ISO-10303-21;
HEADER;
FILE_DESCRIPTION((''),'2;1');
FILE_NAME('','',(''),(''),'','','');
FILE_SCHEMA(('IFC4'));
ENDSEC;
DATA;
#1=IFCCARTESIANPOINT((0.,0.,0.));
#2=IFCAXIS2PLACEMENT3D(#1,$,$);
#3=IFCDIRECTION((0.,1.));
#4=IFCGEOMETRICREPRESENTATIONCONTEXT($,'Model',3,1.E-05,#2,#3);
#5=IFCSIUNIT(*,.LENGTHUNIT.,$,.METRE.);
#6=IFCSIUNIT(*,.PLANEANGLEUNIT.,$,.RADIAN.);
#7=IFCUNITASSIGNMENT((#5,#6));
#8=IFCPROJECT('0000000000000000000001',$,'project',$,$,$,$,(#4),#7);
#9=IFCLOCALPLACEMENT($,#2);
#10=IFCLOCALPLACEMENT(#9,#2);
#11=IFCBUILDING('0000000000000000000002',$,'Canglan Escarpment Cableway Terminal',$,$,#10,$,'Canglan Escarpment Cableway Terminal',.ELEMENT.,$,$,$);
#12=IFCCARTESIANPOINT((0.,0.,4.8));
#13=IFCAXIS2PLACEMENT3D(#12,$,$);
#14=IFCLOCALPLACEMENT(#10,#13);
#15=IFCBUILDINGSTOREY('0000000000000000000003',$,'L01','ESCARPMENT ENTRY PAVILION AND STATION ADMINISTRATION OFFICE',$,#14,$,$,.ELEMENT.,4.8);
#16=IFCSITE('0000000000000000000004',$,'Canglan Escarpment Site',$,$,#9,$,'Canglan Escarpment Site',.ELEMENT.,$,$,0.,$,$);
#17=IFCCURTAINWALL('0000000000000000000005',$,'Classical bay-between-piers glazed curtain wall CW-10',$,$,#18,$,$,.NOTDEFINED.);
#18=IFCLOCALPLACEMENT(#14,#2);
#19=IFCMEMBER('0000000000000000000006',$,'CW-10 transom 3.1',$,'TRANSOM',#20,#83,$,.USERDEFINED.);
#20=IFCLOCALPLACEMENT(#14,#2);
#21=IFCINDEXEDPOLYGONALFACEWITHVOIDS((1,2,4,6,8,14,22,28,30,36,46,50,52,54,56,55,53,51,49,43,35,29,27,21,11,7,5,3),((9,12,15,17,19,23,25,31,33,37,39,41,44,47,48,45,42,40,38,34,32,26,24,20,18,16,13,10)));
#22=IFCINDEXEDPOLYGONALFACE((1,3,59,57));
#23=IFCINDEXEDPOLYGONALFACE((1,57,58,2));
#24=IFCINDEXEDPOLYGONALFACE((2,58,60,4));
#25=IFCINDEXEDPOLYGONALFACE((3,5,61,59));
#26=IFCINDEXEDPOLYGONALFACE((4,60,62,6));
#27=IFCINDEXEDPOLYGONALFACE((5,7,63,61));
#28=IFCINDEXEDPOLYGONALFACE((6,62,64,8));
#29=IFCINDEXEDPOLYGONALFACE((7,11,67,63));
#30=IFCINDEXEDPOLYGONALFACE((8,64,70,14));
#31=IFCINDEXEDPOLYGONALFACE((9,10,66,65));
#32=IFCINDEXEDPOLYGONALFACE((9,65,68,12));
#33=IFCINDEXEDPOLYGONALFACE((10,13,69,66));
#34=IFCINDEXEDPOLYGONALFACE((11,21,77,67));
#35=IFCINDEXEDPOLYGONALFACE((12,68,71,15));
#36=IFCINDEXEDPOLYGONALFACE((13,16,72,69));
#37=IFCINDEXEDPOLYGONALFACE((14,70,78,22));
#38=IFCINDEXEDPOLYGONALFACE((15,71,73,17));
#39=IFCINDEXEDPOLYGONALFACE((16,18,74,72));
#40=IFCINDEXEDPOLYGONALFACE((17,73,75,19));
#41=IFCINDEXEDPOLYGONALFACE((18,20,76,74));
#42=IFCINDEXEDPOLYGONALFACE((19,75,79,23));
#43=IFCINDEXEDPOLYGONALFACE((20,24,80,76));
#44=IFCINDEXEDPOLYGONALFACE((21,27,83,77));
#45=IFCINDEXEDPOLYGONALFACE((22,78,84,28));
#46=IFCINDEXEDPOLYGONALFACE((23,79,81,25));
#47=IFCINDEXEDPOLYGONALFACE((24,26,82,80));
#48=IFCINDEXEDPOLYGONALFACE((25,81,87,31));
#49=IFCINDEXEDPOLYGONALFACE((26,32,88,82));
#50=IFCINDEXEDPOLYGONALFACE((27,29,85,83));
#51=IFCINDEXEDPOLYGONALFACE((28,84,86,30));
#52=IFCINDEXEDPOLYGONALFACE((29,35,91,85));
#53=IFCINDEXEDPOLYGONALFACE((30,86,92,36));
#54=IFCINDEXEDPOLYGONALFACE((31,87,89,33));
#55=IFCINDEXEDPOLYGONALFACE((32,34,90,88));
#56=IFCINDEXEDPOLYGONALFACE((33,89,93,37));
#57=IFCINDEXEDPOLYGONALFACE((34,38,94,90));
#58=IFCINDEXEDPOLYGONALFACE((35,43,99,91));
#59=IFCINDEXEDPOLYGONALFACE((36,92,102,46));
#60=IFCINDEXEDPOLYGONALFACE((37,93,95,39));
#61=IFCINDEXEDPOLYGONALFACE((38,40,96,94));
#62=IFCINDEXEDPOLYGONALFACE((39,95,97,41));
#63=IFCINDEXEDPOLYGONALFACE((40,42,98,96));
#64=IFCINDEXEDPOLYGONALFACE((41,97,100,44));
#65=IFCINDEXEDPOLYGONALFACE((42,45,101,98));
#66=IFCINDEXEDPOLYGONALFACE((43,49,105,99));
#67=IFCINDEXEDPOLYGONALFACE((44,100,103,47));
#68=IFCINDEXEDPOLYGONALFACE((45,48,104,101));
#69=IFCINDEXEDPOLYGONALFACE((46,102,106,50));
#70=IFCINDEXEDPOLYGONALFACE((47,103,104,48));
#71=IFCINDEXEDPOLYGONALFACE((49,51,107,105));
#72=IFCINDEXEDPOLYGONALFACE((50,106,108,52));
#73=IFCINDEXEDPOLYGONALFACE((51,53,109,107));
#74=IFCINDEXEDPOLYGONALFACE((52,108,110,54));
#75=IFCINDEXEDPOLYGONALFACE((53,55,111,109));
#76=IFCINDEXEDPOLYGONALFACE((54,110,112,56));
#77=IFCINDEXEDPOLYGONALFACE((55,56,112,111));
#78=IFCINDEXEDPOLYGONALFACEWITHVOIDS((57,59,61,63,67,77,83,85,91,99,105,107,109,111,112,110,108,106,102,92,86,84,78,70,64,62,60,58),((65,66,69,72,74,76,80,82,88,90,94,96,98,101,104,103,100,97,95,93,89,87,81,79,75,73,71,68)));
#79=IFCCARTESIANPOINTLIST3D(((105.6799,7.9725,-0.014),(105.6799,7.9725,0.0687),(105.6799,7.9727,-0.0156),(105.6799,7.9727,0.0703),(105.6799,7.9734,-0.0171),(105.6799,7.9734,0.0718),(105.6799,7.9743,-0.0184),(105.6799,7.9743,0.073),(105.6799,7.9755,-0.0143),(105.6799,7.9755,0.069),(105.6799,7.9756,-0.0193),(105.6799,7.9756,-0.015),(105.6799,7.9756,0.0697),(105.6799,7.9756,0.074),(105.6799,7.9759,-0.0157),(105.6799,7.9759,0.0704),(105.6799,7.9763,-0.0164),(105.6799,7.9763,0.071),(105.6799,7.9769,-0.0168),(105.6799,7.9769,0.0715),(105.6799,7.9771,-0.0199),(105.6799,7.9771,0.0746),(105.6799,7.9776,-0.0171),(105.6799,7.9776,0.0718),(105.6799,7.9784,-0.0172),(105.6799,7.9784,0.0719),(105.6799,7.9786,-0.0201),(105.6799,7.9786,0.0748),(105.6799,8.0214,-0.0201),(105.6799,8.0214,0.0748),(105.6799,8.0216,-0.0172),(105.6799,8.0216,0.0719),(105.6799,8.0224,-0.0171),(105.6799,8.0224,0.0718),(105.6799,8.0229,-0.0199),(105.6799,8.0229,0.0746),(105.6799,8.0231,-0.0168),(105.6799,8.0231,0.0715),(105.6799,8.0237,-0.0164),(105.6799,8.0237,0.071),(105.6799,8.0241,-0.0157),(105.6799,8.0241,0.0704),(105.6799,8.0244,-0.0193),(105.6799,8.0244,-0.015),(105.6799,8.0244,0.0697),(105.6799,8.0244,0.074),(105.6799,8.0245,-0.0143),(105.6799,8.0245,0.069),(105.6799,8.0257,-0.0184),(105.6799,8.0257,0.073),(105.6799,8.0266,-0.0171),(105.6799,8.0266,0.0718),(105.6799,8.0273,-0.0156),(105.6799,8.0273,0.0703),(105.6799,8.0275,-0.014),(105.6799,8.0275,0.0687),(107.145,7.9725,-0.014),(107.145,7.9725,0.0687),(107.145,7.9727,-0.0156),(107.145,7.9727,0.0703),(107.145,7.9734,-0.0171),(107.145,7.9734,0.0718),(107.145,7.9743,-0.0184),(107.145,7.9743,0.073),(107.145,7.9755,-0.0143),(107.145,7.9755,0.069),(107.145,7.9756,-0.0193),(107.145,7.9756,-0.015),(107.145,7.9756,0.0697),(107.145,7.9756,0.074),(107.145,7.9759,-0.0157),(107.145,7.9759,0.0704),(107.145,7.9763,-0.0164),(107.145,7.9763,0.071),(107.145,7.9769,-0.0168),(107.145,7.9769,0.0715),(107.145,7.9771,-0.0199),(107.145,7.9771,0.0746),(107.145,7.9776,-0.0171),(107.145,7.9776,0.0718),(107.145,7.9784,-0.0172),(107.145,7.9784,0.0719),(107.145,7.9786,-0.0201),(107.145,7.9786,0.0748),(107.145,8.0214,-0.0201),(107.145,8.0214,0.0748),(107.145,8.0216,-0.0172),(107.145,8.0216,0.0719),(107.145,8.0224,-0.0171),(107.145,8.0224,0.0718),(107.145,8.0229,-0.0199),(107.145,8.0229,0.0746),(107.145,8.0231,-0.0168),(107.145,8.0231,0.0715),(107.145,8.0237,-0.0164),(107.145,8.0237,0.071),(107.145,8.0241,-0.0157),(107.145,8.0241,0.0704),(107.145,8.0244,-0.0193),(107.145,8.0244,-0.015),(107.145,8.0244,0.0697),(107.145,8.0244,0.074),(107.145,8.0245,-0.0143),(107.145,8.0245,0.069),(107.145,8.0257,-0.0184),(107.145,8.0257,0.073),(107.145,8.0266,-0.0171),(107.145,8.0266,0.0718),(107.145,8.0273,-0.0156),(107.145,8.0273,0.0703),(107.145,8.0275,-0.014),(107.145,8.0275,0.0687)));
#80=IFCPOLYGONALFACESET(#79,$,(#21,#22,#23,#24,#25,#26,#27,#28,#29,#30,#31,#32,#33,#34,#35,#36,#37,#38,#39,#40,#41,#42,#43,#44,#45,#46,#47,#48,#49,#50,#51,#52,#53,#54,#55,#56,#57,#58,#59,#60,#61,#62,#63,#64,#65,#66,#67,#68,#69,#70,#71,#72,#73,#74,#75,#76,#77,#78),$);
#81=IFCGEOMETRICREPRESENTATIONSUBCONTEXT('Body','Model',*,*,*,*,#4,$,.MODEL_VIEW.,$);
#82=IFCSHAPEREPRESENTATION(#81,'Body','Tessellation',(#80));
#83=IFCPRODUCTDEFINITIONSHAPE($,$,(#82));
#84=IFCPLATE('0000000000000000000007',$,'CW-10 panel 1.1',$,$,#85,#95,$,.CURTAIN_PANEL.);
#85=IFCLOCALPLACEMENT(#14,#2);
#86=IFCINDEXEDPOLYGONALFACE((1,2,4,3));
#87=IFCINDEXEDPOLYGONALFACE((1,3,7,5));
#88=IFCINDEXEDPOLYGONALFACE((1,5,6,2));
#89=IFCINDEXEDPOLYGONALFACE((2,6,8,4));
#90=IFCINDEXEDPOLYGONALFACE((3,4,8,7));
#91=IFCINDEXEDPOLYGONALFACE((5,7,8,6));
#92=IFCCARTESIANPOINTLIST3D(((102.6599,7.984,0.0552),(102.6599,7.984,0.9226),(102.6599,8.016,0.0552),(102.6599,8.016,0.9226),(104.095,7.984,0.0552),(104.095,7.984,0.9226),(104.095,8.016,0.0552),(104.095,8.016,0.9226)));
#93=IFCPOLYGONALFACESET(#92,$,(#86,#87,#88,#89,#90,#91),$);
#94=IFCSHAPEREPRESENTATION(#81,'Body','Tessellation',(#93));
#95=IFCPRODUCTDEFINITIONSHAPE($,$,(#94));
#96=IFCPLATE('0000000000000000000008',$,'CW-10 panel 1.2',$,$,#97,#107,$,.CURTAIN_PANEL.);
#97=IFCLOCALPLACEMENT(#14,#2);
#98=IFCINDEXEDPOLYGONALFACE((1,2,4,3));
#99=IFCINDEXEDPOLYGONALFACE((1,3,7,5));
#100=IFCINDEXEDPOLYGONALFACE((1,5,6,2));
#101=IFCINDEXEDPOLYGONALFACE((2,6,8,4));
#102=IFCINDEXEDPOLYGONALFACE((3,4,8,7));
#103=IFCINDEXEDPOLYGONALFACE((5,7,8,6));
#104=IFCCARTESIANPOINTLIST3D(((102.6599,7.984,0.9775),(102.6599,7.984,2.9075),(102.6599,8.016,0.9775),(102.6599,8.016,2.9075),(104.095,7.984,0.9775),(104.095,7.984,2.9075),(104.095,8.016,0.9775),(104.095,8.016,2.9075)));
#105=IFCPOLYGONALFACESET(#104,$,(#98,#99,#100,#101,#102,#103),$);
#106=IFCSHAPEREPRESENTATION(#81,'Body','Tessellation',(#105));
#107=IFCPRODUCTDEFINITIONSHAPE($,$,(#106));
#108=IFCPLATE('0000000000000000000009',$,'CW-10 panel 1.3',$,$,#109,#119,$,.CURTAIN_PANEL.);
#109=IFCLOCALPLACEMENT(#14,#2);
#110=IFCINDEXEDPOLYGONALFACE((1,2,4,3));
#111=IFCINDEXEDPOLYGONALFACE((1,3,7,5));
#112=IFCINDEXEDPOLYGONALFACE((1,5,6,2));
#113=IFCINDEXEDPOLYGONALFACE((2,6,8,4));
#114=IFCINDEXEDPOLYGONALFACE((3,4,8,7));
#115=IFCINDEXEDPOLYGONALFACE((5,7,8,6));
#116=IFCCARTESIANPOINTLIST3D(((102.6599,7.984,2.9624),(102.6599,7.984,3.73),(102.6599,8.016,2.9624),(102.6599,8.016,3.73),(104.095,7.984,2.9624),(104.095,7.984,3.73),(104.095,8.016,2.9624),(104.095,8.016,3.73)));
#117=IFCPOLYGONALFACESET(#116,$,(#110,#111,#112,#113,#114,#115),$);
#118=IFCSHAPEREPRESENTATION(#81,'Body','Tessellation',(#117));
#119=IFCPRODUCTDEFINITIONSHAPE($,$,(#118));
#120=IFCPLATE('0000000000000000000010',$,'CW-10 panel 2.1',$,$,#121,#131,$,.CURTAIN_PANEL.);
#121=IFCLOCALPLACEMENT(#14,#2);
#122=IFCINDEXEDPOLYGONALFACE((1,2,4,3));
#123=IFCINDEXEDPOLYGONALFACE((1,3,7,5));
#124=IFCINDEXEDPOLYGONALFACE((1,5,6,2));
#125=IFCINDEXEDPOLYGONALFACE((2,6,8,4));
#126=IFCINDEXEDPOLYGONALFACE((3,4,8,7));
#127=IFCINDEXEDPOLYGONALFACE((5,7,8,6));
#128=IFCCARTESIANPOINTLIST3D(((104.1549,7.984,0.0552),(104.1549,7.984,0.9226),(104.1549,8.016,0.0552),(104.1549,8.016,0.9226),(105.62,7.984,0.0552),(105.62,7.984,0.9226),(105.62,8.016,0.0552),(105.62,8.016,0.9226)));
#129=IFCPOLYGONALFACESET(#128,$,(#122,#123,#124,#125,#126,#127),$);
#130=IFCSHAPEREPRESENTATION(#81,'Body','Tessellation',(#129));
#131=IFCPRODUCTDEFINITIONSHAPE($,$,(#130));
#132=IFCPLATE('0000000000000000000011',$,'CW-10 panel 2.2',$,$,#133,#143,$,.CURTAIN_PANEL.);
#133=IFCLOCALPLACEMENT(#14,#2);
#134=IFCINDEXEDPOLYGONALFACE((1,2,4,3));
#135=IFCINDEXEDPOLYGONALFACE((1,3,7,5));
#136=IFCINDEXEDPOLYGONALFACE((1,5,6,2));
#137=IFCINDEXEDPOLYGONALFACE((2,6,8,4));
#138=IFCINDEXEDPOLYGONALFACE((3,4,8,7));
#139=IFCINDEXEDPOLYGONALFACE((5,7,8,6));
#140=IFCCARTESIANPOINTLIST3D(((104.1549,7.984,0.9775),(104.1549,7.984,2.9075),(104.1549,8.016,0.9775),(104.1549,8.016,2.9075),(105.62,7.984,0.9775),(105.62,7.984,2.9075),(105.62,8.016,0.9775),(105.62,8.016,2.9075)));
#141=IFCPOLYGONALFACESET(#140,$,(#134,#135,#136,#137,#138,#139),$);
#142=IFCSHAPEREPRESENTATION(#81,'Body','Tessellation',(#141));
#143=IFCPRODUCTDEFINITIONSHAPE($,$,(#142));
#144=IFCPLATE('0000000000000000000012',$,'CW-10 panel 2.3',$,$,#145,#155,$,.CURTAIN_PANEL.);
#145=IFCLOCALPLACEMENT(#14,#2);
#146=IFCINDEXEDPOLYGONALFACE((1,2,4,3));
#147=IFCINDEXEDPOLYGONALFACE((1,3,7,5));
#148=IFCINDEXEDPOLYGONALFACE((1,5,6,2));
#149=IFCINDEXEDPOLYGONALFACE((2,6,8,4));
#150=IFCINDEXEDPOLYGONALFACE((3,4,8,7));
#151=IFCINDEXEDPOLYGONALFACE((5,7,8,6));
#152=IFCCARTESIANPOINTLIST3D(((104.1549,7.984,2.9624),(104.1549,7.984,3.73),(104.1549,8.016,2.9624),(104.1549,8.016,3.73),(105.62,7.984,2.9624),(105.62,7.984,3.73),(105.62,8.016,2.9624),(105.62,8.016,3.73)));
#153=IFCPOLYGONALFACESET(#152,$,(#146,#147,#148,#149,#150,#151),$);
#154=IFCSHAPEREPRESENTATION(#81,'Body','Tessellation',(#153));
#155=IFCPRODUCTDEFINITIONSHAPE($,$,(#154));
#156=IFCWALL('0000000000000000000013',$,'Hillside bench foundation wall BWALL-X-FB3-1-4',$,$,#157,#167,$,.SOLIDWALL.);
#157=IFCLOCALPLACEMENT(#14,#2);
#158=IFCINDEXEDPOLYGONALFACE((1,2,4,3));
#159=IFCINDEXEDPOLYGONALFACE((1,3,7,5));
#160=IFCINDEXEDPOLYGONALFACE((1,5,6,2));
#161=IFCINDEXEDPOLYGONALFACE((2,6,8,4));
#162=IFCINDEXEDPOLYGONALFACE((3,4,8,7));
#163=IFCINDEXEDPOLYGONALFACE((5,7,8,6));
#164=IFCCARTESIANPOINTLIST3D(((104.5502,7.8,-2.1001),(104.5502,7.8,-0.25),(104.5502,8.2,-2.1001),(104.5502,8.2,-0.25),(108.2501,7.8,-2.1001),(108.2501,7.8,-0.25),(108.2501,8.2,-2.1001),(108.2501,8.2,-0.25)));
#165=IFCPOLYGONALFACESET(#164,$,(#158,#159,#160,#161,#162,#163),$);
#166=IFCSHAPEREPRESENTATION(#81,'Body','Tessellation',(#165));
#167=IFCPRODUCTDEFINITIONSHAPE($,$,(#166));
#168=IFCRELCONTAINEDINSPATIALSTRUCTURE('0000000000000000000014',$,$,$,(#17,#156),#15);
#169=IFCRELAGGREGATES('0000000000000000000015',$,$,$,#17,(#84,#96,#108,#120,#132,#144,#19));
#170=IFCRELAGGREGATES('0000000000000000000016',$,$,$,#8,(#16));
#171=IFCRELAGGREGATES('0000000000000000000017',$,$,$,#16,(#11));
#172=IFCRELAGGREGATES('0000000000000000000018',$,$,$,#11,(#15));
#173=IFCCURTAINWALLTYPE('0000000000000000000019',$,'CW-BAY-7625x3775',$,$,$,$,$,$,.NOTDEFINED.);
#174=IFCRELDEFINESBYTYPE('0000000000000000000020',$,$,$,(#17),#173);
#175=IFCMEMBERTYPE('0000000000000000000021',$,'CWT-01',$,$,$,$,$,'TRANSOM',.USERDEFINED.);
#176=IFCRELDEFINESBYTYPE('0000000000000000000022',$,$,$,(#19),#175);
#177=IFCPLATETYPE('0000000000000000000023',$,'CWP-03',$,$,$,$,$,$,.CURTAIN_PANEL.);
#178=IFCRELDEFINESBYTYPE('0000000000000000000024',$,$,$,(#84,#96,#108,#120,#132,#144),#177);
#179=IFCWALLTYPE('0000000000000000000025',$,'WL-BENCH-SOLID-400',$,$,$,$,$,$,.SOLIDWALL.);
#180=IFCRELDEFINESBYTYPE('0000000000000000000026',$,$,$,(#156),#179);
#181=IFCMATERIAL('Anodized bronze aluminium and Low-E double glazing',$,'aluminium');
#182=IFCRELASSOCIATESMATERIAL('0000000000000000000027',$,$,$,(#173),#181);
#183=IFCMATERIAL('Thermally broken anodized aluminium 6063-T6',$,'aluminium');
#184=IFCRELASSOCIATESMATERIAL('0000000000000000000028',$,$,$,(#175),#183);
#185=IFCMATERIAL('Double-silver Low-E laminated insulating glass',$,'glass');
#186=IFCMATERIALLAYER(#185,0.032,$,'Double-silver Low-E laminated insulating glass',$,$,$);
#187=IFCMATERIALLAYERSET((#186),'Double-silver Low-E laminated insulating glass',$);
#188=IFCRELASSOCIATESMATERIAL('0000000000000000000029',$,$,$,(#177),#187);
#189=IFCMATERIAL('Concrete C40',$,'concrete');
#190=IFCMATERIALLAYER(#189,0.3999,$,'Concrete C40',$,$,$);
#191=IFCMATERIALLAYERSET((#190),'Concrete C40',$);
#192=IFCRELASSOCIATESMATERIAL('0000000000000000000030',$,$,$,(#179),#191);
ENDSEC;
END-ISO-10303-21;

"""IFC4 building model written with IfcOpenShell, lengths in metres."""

from ifc_helpers import new_model, si_unit, direction, frame, frame_2d, origin, origin_2d, place, context, subcontext, project, spatial, rectangle, hollow_rectangle, extrude, material, layer, layer_set, material_profile, profile_set, type_object, element, aggregate, save


model = new_model("IFC4")

# Units and contexts
model_context = context("Model", 3, precision=1e-05, world=origin(), true_north=direction((0.0, 1.0)))
body_context = subcontext(model_context, "Body", "Model", "MODEL_VIEW")
ifc_project = project(units=[si_unit("LENGTHUNIT", "METRE"), si_unit("PLANEANGLEUNIT", "RADIAN")], contexts=[model_context])

# Site, building, storey
site_placement = place(None, origin())
site = spatial("IfcSite", under=ifc_project, at=site_placement, Name="Canglan Escarpment Site", LongName="Canglan Escarpment Site", CompositionType="ELEMENT", RefElevation=0.0)
building_placement = place(site_placement, origin())
building = spatial("IfcBuilding", under=site, at=building_placement, Name="Canglan Escarpment Cableway Terminal", LongName="Canglan Escarpment Cableway Terminal", CompositionType="ELEMENT")
storey_placement = place(building_placement, frame((0.0, 0.0, 4.8)))
storey = spatial("IfcBuildingStorey", under=building, at=storey_placement, Name="L01", Description="ESCARPMENT ENTRY PAVILION AND STATION ADMINISTRATION OFFICE", CompositionType="ELEMENT", Elevation=4.8)

# Shared definitions
ifc_material_1 = material(Name="Concrete C40", Category="concrete")

# Curtain wall, member, plates
ifc_material_2 = material(Name="Anodized bronze aluminium and Low-E double glazing", Category="aluminium")
curtain_wall_type = type_object("IfcCurtainWallType", Name="CW-BAY-7625x3775", PredefinedType="NOTDEFINED", material=ifc_material_2)
curtain_wall_placement = place(storey_placement, origin())
curtain_wall = element("IfcCurtainWall", 1, at=curtain_wall_placement, inside=storey, type_object=curtain_wall_type, Name="Classical bay-between-piers glazed curtain wall CW-10", PredefinedType="NOTDEFINED")
ifc_material_3 = material(Name="Thermally broken anodized aluminium 6063-T6", Category="aluminium")
ifc_material_profile_1 = material_profile(ifc_material_3, hollow_rectangle(XDim=0.0549, YDim=0.095, WallThickness=0.0029, InnerFilletRadius=0.0029, OuterFilletRadius=0.0061, at=origin_2d()), Name="ALU-TRAN 55x95x3")
ifc_profile_set_1 = profile_set([ifc_material_profile_1], Name="Thermally broken anodized aluminium 6063-T6")
member_type_1 = type_object("IfcMemberType", Name="CWT-01", ElementType="TRANSOM", PredefinedType="USERDEFINED", material=ifc_profile_set_1)
member_1_placement = place(storey_placement, frame((105.6799, 8.0, 0.0273), z_axis=(1.0, 0.0, 0.0), x_axis=(0.0, 1.0, 0.0)))
member_1 = element("IfcMember", 2, at=member_1_placement, type_object=member_type_1, Name="CW-10 transom 3.1", ObjectType="TRANSOM", PredefinedType="USERDEFINED", context=body_context, shape_type="SweptSolid", body=[
    extrude(hollow_rectangle(XDim=0.0549, YDim=0.095, WallThickness=0.0029, InnerFilletRadius=0.0029, OuterFilletRadius=0.0061, at=origin_2d()), origin(), (0.0, 0.0, 1.0), 1.4651),
])
ifc_material_4 = material(Name="Double-silver Low-E laminated insulating glass", Category="glass")
ifc_layer_1 = layer(ifc_material_4, 0.032, Name="Double-silver Low-E laminated insulating glass")
ifc_layer_set_1 = layer_set([ifc_layer_1], Name="Double-silver Low-E laminated insulating glass")
plate_type = type_object("IfcPlateType", Name="CWP-03", PredefinedType="CURTAIN_PANEL", material=ifc_layer_set_1)
plate_1_placement = place(storey_placement, frame((103.3774, 8.0, 0.0552), z_axis=(0.0, 0.0, 1.0), x_axis=(1.0, 0.0, 0.0)))
plate_1 = element("IfcPlate", 3, at=plate_1_placement, type_object=plate_type, Name="CW-10 panel 1.1", PredefinedType="CURTAIN_PANEL", context=body_context, shape_type="SweptSolid", body=[
    extrude(rectangle(XDim=1.4351, YDim=0.032, at=origin_2d()), origin(), (0.0, 0.0, 1.0), 0.8674),
])
plate_2_placement = place(storey_placement, frame((103.3774, 8.0, 0.9775), z_axis=(0.0, 0.0, 1.0), x_axis=(1.0, 0.0, 0.0)))
plate_2 = element("IfcPlate", 4, at=plate_2_placement, type_object=plate_type, Name="CW-10 panel 1.2", PredefinedType="CURTAIN_PANEL", context=body_context, shape_type="SweptSolid", body=[
    extrude(rectangle(XDim=1.4351, YDim=0.032, at=origin_2d()), origin(), (0.0, 0.0, 1.0), 1.9299),
])
plate_3_placement = place(storey_placement, frame((103.3774, 8.0, 2.9624), z_axis=(0.0, 0.0, 1.0), x_axis=(1.0, 0.0, 0.0)))
plate_3 = element("IfcPlate", 5, at=plate_3_placement, type_object=plate_type, Name="CW-10 panel 1.3", PredefinedType="CURTAIN_PANEL", context=body_context, shape_type="SweptSolid", body=[
    extrude(rectangle(XDim=1.4351, YDim=0.032, at=origin_2d()), origin(), (0.0, 0.0, 1.0), 0.7676),
])
plate_4_placement = place(storey_placement, frame((104.8875, 8.0, 0.0552), z_axis=(0.0, 0.0, 1.0), x_axis=(1.0, 0.0, 0.0)))
plate_4 = element("IfcPlate", 6, at=plate_4_placement, type_object=plate_type, Name="CW-10 panel 2.1", PredefinedType="CURTAIN_PANEL", context=body_context, shape_type="SweptSolid", body=[
    extrude(rectangle(XDim=1.4651, YDim=0.032, at=origin_2d()), origin(), (0.0, 0.0, 1.0), 0.8674),
])
plate_5_placement = place(storey_placement, frame((104.8875, 8.0, 0.9775), z_axis=(0.0, 0.0, 1.0), x_axis=(1.0, 0.0, 0.0)))
plate_5 = element("IfcPlate", 7, at=plate_5_placement, type_object=plate_type, Name="CW-10 panel 2.2", PredefinedType="CURTAIN_PANEL", context=body_context, shape_type="SweptSolid", body=[
    extrude(rectangle(XDim=1.4651, YDim=0.032, at=origin_2d()), origin(), (0.0, 0.0, 1.0), 1.9299),
])
plate_6_placement = place(storey_placement, frame((104.8875, 8.0, 2.9624), z_axis=(0.0, 0.0, 1.0), x_axis=(1.0, 0.0, 0.0)))
plate_6 = element("IfcPlate", 8, at=plate_6_placement, type_object=plate_type, Name="CW-10 panel 2.3", PredefinedType="CURTAIN_PANEL", context=body_context, shape_type="SweptSolid", body=[
    extrude(rectangle(XDim=1.4651, YDim=0.032, at=origin_2d()), origin(), (0.0, 0.0, 1.0), 0.7676),
])
aggregate(curtain_wall, [plate_1, plate_2, plate_3, plate_4, plate_5, plate_6, member_1])

# Wall
ifc_layer_2 = layer(ifc_material_1, 0.3999, Name="Concrete C40")
ifc_layer_set_2 = layer_set([ifc_layer_2], Name="Concrete C40")
wall_type = type_object("IfcWallType", Name="WL-BENCH-SOLID-400", PredefinedType="SOLIDWALL", material=ifc_layer_set_2)
wall_placement = place(storey_placement, frame((104.55, 8.0, -2.1001), z_axis=(0.0, 0.0, 1.0), x_axis=(1.0, 0.0, 0.0)))
element("IfcWall", 9, at=wall_placement, inside=storey, type_object=wall_type, Name="Hillside bench foundation wall BWALL-X-FB3-1-4", PredefinedType="SOLIDWALL", context=body_context, shape_type="SweptSolid", body=[
    extrude(rectangle(XDim=3.7, YDim=0.3999, at=frame_2d((1.8501, 0.0))), origin(), (0.0, 0.0, 1.0), 1.8501),
])

save(model, "model.ifc")
